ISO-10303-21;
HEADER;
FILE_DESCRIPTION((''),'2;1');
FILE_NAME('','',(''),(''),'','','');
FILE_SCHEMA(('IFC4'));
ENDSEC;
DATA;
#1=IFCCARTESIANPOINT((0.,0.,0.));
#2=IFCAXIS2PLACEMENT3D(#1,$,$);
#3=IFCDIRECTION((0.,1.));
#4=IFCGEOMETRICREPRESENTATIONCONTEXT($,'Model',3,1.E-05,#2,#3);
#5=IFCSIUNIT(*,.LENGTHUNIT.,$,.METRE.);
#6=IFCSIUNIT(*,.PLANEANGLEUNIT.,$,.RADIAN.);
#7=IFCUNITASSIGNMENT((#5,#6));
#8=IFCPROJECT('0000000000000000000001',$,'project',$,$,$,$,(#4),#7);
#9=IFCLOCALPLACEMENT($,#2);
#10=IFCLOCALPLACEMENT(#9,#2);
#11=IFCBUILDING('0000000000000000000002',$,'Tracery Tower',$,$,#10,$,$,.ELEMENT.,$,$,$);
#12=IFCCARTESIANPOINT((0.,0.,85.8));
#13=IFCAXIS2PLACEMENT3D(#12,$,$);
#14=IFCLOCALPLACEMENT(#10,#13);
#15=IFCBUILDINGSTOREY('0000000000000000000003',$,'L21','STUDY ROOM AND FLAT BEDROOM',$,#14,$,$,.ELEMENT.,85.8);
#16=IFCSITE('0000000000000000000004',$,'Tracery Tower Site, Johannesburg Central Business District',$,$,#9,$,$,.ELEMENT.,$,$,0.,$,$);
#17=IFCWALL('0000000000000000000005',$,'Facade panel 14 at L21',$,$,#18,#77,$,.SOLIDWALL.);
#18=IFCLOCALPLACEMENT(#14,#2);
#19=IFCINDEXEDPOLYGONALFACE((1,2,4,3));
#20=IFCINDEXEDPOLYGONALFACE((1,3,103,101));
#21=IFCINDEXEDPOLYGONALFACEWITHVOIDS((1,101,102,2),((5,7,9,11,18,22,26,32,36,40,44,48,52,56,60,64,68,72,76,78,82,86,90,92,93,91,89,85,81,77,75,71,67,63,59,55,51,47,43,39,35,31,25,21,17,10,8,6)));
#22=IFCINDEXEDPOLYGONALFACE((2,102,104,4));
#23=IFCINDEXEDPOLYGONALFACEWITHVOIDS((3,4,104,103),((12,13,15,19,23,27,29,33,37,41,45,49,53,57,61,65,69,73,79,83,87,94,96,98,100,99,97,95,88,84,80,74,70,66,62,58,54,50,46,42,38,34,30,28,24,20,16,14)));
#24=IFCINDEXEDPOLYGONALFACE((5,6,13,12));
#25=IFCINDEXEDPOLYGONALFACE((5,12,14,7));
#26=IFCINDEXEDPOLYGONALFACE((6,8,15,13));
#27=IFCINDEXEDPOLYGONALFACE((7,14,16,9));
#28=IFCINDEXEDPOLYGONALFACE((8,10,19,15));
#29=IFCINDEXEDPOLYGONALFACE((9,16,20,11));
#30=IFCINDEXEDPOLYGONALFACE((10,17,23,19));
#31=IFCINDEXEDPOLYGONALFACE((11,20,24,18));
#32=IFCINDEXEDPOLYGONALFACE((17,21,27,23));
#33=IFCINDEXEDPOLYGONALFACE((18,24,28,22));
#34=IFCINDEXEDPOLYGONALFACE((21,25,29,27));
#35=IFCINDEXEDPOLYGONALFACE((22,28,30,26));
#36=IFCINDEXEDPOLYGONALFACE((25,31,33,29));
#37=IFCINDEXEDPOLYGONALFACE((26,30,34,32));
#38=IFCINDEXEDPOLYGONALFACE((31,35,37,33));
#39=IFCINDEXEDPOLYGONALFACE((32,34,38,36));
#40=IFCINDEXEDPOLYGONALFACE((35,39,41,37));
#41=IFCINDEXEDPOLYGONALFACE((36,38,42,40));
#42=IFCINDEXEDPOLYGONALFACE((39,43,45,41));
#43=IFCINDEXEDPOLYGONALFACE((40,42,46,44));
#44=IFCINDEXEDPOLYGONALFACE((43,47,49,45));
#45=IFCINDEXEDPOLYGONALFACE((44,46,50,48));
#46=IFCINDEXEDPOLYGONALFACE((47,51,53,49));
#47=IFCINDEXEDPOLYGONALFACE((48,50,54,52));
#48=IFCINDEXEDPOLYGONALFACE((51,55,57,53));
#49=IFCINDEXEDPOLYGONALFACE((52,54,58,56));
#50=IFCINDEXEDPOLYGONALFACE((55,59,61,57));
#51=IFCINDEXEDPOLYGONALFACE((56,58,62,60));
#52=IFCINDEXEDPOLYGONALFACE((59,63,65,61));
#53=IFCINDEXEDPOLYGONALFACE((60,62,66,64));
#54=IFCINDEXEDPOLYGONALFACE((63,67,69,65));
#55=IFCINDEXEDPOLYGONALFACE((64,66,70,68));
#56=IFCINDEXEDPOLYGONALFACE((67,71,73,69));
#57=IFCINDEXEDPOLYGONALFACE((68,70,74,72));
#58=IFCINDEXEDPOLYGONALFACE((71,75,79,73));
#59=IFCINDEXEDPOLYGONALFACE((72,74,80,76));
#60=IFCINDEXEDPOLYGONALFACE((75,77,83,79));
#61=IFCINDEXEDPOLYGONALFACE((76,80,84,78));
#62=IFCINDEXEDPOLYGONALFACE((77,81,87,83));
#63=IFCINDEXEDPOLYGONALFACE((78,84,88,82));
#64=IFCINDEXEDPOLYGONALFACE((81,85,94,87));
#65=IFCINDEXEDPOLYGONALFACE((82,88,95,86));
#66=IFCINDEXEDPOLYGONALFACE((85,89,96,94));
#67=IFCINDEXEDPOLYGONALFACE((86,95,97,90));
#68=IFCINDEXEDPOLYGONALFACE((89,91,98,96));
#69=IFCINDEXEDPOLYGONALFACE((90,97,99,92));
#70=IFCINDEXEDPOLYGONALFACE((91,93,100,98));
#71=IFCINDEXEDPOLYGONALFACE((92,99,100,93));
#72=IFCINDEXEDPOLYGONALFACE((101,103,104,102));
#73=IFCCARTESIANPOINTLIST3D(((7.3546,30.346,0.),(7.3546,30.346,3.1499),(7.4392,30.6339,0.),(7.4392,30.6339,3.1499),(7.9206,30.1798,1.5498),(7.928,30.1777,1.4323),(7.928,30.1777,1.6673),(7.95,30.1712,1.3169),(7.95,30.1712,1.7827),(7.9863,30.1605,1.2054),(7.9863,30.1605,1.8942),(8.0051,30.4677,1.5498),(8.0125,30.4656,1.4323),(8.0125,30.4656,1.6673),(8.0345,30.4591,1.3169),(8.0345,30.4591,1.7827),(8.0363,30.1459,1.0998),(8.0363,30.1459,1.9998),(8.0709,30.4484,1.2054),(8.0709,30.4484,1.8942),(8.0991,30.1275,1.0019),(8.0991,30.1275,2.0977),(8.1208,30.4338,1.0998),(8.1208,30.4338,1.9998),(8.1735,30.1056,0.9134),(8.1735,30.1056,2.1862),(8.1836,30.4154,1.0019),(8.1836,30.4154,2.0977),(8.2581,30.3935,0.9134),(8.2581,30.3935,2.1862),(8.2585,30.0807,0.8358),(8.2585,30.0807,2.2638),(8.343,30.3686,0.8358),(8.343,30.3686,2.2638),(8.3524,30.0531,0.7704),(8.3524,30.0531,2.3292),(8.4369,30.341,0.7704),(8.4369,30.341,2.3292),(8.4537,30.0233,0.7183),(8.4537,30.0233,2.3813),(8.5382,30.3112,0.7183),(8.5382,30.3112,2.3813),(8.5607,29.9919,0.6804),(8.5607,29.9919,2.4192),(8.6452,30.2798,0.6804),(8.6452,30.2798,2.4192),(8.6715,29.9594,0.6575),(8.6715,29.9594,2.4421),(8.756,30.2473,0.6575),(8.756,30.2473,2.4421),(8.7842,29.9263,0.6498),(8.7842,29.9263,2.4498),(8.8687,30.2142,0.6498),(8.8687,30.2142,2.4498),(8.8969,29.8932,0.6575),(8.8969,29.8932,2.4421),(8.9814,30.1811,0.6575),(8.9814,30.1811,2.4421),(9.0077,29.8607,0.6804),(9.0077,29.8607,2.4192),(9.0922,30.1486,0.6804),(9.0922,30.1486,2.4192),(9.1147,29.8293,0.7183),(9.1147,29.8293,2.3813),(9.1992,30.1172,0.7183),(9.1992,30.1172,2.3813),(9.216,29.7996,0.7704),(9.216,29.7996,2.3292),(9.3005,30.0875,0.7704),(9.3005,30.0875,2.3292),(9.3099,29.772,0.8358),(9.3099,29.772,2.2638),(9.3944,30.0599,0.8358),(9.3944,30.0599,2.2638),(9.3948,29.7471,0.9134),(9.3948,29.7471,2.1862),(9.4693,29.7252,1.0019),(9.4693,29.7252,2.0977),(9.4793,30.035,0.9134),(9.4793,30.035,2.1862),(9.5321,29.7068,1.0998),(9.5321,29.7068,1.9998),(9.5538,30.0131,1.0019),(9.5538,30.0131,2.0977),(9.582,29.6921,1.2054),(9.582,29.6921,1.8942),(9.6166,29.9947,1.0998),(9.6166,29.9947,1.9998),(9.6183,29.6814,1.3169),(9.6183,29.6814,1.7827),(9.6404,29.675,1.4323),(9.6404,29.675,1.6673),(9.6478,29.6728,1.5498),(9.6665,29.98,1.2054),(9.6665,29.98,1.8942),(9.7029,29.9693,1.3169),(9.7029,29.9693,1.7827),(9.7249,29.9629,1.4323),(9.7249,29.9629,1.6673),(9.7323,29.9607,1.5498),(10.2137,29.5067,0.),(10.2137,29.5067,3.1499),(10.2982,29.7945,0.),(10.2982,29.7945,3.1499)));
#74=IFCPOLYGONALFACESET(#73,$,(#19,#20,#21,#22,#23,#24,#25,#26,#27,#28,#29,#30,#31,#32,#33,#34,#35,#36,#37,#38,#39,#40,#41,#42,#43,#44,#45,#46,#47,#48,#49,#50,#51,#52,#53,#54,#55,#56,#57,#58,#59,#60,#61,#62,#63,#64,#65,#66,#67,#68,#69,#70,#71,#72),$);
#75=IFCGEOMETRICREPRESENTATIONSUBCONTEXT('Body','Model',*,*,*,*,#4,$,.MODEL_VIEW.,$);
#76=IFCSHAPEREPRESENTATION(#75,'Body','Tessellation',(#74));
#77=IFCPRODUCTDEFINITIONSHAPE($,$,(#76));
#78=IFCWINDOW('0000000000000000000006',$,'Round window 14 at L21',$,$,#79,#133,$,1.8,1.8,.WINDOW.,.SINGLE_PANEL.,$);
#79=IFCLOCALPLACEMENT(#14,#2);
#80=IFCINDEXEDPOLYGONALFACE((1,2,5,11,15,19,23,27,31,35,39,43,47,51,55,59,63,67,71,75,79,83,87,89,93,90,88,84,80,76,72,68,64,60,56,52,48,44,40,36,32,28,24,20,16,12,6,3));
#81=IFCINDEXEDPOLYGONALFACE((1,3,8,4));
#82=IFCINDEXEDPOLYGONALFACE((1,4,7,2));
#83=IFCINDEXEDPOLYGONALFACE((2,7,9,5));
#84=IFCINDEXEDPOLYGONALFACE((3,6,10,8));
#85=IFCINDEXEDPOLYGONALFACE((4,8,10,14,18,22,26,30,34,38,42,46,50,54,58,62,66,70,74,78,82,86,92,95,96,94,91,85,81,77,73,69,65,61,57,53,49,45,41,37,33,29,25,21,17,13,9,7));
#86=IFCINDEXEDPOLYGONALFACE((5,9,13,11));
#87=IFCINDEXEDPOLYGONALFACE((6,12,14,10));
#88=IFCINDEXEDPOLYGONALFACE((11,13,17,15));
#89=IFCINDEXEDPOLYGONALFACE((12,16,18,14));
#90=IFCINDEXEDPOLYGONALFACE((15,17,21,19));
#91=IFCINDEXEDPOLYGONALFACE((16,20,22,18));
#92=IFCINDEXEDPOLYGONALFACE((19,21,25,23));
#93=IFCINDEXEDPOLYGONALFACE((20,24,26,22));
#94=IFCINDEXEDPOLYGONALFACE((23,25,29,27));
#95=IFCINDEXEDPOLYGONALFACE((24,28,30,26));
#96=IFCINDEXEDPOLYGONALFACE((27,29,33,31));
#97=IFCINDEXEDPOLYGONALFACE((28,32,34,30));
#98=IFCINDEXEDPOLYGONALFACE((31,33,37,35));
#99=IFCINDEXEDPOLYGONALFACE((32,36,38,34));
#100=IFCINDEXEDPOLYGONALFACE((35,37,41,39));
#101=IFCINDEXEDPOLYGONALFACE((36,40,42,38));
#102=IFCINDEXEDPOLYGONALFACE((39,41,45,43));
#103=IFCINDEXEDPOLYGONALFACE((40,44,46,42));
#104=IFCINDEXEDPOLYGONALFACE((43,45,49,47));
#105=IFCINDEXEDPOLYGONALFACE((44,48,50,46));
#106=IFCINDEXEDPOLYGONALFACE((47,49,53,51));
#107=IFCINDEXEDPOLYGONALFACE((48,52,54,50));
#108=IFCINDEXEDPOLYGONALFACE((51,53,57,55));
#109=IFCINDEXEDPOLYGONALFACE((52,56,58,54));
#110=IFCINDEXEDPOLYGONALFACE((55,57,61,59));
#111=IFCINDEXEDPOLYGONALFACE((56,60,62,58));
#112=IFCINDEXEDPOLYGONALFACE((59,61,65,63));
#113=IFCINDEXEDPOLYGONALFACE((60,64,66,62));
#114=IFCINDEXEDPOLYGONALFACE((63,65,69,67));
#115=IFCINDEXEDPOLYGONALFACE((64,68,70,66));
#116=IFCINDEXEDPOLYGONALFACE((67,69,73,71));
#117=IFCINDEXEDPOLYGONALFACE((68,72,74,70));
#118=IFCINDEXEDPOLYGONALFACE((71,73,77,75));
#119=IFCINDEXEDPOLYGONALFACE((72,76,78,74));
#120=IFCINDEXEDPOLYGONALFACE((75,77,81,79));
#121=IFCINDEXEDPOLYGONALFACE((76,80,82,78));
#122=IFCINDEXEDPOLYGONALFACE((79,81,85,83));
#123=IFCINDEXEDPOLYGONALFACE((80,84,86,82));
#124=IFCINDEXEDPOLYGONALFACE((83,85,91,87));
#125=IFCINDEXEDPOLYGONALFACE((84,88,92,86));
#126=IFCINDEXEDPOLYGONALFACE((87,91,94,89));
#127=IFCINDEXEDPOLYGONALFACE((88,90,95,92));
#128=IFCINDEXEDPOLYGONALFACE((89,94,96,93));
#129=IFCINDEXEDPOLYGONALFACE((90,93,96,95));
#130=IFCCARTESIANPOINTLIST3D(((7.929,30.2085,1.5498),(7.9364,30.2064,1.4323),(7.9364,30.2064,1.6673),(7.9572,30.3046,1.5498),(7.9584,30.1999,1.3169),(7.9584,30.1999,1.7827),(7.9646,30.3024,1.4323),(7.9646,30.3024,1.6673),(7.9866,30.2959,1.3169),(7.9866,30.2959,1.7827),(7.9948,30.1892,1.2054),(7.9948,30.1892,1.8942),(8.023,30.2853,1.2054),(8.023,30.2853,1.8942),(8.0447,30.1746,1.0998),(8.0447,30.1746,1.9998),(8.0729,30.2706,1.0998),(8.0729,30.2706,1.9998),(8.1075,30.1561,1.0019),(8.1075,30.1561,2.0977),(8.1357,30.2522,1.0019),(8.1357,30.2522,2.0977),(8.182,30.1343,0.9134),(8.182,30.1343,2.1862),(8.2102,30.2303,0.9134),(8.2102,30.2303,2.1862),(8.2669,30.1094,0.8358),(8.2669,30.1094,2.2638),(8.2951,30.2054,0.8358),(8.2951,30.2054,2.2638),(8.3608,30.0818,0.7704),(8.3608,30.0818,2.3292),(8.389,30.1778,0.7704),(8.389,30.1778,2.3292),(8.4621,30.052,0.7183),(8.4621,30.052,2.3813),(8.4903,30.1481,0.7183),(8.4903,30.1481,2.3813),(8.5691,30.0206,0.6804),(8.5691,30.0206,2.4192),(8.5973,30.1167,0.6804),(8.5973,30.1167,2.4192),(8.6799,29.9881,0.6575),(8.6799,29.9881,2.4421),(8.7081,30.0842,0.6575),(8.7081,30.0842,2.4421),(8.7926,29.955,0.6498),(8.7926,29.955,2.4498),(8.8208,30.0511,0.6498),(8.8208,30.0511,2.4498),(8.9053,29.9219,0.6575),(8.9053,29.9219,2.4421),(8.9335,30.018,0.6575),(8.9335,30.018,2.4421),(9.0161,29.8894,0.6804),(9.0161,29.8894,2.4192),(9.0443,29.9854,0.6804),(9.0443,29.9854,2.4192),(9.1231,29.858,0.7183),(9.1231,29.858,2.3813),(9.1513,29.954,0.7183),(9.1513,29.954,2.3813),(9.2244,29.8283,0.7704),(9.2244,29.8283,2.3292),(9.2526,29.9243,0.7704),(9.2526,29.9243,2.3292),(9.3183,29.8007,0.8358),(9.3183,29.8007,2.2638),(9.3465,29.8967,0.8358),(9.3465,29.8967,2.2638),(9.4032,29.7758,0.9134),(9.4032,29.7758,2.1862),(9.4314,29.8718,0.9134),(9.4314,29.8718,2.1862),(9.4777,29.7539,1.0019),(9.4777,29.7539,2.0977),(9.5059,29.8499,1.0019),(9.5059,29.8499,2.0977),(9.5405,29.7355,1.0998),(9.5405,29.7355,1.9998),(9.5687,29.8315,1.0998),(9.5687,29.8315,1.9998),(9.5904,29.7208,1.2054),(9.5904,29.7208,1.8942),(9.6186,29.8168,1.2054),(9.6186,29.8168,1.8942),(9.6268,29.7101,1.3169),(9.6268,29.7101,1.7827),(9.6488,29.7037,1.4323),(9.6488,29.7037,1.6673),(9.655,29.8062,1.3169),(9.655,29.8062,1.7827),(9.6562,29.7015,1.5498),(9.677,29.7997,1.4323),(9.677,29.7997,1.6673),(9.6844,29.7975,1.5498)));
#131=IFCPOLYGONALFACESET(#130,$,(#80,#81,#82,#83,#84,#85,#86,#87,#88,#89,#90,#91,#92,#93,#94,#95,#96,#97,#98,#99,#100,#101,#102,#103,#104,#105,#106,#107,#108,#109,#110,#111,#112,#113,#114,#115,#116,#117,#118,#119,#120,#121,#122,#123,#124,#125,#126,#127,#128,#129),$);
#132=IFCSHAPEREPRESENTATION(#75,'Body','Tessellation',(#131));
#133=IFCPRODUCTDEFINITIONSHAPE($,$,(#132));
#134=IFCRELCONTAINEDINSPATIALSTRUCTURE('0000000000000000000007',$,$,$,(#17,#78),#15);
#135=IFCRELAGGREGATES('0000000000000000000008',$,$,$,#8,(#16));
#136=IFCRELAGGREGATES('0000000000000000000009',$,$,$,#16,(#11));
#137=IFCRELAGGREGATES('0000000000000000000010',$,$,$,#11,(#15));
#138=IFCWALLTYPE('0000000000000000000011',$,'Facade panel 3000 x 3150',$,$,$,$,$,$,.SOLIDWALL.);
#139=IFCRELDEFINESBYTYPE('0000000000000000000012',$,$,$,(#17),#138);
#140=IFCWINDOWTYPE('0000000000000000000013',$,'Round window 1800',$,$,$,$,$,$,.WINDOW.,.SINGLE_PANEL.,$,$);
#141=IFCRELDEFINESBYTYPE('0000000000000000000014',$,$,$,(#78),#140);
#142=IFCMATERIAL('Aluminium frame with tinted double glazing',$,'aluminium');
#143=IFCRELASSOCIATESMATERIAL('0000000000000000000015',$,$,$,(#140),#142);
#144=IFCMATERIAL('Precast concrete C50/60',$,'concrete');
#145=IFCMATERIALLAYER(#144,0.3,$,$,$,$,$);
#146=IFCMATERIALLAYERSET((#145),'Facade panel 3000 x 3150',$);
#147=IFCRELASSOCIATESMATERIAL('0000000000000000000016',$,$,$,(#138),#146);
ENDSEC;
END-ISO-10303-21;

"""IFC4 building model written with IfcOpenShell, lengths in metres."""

from ifc_helpers import new_model, si_unit, direction, frame, frame_2d, origin, origin_2d, place, context, subcontext, project, spatial, rectangle, circle, extrude, material, layer, layer_set, type_object, element, fill, save


model = new_model("IFC4")

# Units and contexts
model_context = context("Model", 3, precision=1e-05, world=origin(), true_north=direction((0.0, 1.0)))
body_context = subcontext(model_context, "Body", "Model", "MODEL_VIEW")
ifc_project = project(units=[si_unit("LENGTHUNIT", "METRE"), si_unit("PLANEANGLEUNIT", "RADIAN")], contexts=[model_context])

# Site, building, storey
site_placement = place(None, origin())
site = spatial("IfcSite", under=ifc_project, at=site_placement, Name="Tracery Tower Site, Johannesburg Central Business District", CompositionType="ELEMENT", RefElevation=0.0)
building_placement = place(site_placement, origin())
building = spatial("IfcBuilding", under=site, at=building_placement, Name="Tracery Tower", CompositionType="ELEMENT")
storey_placement = place(building_placement, frame((0.0, 0.0, 85.8)))
storey = spatial("IfcBuildingStorey", under=building, at=storey_placement, Name="L21", Description="STUDY ROOM AND FLAT BEDROOM", CompositionType="ELEMENT", Elevation=85.8)

# Wall, opening, window
ifc_material_1 = material(Name="Aluminium frame with tinted double glazing", Category="aluminium")
window_type = type_object("IfcWindowType", Name="Round window 1800", PartitioningType="SINGLE_PANEL", PredefinedType="WINDOW", material=ifc_material_1)
ifc_material_2 = material(Name="Precast concrete C50/60", Category="concrete")
ifc_layer_1 = layer(ifc_material_2, 0.3)
ifc_layer_set_1 = layer_set([ifc_layer_1], Name="Facade panel 3000 x 3150")
wall_type_1 = type_object("IfcWallType", Name="Facade panel 3000 x 3150", PredefinedType="SOLIDWALL", material=ifc_layer_set_1)
wall_1_placement = place(storey_placement, frame((10.2559, 29.6506, 0.0), z_axis=(0.0, 0.0, 1.0), x_axis=(-0.959508, 0.281683, 0.0)))
wall_1 = element("IfcWall", 1, at=wall_1_placement, inside=storey, type_object=wall_type_1, Name="Facade panel 14 at L21", PredefinedType="SOLIDWALL", context=body_context, shape_type="SweptSolid", body=[
    extrude(rectangle(XDim=2.9797, YDim=0.3, at=frame_2d((1.4897, 0.0))), origin(), (0.0, 0.0, 1.0), 3.1499),
])
opening_1_placement = place(wall_1_placement, frame((1.4897, 0.0, 1.5498)))
opening_1 = element("IfcOpeningElement", 2, at=opening_1_placement, cuts=wall_1, PredefinedType="OPENING", context=body_context, shape_type="SweptSolid", body=[
    extrude(circle(Radius=0.9, at=origin_2d()), frame((0.0, 0.1599, 0.0), z_axis=(0.0, -1.0, 0.0), x_axis=(1.0, 0.0, 0.0)), (0.0, 0.0, 1.0), 0.3201),
])
window_1_placement = place(opening_1_placement, origin())
window_1 = element("IfcWindow", 3, at=window_1_placement, inside=storey, type_object=window_type, Name="Round window 14 at L21", OverallHeight=1.8, OverallWidth=1.8, PartitioningType="SINGLE_PANEL", PredefinedType="WINDOW", context=body_context, shape_type="SweptSolid", body=[
    extrude(circle(Radius=0.9, at=origin_2d()), frame((0.0, 0.1201, 0.0), z_axis=(0.0, -1.0, 0.0), x_axis=(1.0, 0.0, 0.0)), (0.0, 0.0, 1.0), 0.1001),
])
fill(opening_1, window_1)

save(model, "model.ifc")
